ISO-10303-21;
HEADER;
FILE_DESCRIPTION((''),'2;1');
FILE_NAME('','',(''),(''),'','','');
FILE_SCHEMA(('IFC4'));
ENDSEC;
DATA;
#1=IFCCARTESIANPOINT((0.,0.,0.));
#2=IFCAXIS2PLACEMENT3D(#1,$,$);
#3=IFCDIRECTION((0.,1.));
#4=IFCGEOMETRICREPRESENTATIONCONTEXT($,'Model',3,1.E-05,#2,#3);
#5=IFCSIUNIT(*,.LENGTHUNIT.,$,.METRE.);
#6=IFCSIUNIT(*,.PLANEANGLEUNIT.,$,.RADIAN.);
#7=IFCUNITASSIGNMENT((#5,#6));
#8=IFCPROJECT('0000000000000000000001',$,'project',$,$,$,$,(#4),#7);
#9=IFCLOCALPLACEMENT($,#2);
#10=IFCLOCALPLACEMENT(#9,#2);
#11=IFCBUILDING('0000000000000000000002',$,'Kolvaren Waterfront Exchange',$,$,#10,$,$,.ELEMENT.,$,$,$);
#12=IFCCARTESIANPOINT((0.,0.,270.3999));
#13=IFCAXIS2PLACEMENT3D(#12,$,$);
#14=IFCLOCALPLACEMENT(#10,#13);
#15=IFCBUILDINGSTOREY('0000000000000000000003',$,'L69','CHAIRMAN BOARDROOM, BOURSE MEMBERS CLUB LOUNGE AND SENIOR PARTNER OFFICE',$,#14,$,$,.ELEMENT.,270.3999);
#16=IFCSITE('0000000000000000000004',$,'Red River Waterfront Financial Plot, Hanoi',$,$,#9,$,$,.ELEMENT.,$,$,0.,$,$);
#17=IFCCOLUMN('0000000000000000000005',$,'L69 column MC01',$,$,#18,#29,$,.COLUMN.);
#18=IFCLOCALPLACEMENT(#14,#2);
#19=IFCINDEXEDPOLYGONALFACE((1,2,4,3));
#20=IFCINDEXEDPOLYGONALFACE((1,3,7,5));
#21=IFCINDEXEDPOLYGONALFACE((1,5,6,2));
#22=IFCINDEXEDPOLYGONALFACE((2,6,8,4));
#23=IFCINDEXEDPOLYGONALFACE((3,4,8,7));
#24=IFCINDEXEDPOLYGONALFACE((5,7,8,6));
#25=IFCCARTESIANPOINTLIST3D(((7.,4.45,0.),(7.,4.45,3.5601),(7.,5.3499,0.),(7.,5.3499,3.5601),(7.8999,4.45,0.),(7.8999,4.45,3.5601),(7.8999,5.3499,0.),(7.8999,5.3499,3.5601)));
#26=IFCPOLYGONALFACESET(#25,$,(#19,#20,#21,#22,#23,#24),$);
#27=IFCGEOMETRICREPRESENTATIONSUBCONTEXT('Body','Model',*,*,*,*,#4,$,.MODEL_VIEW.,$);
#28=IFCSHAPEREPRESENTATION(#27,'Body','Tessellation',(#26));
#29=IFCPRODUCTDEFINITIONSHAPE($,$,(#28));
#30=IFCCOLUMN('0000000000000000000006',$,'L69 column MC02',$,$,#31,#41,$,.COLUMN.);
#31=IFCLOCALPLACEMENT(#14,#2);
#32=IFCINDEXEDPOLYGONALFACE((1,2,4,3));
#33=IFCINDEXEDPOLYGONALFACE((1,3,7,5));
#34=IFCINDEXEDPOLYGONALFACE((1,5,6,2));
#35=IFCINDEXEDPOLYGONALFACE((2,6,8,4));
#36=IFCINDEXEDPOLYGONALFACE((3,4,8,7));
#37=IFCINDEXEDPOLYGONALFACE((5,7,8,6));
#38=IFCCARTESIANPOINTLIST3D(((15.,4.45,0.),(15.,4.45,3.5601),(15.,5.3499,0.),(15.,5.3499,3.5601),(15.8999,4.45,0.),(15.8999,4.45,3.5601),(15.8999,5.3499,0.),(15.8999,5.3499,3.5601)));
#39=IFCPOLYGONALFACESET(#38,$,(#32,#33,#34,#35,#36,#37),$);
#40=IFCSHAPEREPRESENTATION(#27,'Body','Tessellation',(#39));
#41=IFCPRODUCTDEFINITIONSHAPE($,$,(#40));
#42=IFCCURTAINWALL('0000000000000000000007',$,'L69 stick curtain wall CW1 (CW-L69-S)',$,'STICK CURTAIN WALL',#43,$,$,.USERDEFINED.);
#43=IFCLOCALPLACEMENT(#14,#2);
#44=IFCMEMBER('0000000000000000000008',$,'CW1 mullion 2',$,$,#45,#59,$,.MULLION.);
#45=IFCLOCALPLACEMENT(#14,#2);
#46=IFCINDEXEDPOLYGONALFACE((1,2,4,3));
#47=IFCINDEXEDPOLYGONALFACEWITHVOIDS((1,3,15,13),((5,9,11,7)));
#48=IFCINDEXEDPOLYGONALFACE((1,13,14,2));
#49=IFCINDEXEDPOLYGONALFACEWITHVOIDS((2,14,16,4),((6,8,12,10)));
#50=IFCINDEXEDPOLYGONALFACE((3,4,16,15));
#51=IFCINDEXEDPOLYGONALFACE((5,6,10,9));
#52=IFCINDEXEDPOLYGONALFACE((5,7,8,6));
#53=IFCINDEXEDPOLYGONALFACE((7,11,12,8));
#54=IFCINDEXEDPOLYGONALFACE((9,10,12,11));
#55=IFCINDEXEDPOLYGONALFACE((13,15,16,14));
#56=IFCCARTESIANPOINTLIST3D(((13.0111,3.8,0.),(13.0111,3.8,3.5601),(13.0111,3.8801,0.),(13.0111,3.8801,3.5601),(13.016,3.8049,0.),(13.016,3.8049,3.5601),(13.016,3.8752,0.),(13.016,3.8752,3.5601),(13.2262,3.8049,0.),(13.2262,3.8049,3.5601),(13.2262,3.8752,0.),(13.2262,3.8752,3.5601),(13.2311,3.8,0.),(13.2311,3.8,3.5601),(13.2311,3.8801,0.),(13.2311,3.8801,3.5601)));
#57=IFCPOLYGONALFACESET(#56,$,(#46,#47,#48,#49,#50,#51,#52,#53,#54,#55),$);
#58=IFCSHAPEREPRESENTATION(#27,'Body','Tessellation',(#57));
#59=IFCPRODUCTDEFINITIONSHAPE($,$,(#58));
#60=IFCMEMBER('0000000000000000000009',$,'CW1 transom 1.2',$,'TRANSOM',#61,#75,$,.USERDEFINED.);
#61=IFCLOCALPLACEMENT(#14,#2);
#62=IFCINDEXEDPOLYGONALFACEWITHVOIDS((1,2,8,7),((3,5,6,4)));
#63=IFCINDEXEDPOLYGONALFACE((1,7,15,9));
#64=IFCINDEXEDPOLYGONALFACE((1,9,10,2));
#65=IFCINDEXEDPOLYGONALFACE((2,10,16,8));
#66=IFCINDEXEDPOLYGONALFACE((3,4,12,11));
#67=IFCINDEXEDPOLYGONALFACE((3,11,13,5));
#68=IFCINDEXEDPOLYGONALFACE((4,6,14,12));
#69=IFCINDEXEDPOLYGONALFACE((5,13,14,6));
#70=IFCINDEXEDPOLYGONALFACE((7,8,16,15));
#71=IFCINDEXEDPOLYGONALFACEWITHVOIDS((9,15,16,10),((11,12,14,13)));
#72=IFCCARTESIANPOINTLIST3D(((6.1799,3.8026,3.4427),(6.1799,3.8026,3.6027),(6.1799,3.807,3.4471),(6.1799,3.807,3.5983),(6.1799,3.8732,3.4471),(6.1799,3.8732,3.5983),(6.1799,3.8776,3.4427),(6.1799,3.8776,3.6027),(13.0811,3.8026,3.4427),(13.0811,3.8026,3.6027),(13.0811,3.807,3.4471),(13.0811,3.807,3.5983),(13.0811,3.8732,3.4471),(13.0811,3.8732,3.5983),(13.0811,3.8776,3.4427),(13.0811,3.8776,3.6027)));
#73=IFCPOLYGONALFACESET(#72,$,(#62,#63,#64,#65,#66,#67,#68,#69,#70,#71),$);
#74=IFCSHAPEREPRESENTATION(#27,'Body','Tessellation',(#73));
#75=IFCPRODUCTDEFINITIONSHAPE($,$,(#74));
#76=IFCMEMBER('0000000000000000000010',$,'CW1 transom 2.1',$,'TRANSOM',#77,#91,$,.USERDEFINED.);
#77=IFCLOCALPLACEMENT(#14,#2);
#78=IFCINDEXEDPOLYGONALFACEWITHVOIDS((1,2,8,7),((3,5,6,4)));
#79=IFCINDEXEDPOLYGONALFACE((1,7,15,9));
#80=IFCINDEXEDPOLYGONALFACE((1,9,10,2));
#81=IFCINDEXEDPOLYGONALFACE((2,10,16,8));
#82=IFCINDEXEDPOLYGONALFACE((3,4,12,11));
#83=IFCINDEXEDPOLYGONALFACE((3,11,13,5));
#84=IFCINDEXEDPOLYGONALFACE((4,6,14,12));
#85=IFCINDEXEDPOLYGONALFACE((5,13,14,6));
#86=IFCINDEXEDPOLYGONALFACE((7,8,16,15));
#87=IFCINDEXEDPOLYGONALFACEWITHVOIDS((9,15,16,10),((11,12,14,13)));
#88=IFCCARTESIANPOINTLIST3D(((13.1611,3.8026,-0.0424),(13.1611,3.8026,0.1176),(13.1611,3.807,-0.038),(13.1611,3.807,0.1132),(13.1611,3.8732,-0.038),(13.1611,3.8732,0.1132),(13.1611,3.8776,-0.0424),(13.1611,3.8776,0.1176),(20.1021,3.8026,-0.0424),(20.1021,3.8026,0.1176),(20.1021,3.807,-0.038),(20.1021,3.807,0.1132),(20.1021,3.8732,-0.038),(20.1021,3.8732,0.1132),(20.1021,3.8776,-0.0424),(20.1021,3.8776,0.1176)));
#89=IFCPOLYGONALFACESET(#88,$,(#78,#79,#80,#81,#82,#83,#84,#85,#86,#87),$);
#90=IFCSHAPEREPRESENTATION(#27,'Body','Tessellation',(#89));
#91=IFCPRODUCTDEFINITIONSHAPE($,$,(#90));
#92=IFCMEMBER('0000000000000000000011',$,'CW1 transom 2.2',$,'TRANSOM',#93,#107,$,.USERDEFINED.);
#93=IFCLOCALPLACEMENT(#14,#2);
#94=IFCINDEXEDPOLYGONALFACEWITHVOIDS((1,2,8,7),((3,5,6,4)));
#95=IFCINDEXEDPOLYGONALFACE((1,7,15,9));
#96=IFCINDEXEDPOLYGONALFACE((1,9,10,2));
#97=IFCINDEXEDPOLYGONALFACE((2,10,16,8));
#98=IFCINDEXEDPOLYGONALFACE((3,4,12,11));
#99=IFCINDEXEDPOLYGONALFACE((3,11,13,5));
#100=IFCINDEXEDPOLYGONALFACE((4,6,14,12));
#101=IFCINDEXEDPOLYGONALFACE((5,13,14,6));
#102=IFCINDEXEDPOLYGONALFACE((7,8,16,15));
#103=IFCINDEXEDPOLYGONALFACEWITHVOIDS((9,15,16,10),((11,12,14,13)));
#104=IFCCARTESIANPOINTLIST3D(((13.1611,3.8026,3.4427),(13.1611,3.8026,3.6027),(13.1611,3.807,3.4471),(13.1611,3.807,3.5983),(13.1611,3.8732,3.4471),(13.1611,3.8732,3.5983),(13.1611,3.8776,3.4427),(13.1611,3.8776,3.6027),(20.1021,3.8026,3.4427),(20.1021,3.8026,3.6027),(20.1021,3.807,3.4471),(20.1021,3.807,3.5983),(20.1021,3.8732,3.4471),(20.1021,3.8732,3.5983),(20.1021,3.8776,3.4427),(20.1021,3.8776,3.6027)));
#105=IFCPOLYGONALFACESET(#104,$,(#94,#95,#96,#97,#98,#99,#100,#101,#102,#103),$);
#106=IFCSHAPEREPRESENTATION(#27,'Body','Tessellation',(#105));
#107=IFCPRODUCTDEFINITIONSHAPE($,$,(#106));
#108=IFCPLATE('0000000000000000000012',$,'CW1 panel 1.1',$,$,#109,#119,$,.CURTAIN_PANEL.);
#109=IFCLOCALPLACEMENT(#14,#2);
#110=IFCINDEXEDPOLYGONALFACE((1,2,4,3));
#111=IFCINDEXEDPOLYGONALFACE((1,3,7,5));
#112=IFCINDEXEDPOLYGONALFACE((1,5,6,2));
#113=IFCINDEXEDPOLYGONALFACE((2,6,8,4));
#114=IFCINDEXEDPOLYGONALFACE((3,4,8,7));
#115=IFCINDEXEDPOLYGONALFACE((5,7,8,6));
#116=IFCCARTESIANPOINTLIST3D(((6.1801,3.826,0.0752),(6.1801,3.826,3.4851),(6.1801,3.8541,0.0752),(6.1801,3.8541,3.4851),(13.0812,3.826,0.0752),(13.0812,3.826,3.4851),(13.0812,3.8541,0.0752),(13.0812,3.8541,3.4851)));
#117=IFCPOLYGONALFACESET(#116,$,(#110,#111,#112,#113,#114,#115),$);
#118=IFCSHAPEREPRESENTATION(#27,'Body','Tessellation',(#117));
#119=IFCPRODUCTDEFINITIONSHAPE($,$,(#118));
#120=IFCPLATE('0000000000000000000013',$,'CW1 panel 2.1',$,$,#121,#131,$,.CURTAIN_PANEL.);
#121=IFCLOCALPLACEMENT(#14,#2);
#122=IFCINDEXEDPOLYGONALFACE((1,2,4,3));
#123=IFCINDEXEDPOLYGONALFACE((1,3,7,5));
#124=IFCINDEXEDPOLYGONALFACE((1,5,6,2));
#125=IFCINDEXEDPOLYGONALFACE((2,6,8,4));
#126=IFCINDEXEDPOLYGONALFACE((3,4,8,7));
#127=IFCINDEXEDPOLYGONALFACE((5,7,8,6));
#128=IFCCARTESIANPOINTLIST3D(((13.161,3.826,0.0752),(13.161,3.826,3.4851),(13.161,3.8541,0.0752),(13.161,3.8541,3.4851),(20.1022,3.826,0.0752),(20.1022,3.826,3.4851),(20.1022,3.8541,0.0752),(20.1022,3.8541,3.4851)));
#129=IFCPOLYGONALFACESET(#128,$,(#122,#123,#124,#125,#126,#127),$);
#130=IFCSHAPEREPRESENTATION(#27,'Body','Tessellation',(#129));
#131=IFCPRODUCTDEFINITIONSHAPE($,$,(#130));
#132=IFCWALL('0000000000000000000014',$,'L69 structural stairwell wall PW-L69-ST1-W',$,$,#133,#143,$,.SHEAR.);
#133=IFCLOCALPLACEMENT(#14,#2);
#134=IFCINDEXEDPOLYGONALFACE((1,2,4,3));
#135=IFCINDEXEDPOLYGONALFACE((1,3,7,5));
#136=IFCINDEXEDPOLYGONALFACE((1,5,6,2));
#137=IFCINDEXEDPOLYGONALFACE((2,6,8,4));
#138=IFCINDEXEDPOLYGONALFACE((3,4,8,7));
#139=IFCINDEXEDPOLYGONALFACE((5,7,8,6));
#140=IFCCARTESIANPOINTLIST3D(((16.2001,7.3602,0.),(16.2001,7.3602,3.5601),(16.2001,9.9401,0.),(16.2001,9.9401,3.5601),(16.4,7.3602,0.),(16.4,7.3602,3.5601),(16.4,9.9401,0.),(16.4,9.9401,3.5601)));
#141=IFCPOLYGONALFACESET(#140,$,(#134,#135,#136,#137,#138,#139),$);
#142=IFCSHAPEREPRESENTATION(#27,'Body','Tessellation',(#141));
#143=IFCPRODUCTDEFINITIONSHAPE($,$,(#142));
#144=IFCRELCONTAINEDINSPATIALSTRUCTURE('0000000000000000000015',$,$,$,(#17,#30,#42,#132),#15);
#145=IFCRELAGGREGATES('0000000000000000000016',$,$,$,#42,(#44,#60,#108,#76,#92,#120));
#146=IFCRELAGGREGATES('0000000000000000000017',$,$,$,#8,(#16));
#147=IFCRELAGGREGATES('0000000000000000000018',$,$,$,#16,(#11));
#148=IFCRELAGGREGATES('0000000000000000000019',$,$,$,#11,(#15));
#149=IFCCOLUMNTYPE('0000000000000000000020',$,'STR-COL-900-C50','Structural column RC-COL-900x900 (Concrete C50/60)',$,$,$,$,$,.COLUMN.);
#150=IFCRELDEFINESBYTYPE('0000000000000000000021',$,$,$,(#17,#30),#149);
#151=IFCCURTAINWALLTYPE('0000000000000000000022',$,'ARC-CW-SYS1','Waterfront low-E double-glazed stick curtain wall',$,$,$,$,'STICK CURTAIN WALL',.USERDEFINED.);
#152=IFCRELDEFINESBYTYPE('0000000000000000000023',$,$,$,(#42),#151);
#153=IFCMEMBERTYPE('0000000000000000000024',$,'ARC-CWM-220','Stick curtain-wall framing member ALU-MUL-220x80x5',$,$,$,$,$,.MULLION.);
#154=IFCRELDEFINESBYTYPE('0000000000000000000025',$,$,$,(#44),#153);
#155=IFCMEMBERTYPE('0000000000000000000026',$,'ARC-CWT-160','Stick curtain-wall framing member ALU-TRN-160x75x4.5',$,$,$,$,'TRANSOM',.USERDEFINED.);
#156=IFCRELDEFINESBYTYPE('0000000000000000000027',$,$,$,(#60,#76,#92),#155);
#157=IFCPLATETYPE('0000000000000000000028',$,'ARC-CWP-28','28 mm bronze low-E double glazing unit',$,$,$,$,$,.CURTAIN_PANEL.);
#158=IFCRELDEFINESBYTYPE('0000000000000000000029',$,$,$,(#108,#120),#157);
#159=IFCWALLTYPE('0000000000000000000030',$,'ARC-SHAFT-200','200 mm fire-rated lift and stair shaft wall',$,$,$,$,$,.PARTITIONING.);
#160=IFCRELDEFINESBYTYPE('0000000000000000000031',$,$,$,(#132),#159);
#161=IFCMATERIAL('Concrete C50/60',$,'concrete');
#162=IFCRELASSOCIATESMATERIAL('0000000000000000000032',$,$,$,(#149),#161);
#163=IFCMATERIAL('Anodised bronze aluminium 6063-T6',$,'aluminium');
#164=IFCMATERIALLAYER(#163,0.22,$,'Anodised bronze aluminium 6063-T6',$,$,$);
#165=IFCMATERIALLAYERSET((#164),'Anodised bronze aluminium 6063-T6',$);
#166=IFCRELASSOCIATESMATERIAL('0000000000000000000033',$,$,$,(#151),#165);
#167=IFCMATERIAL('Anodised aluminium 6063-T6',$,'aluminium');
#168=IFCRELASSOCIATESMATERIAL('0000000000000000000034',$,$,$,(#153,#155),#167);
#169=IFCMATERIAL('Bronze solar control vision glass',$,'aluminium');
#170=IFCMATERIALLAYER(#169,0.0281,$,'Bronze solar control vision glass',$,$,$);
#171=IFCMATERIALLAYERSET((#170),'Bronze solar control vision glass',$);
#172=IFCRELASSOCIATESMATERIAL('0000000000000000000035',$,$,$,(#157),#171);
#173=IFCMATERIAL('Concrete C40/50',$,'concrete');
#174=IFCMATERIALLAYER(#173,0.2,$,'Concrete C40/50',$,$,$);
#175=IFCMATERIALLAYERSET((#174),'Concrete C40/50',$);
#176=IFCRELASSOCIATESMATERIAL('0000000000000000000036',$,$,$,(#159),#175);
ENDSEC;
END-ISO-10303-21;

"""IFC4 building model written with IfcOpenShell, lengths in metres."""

from ifc_helpers import new_model, si_unit, direction, frame, frame_2d, origin, origin_with_axes, origin_2d, place, context, subcontext, project, spatial, rectangle, hollow_rectangle, extrude, source, transform, mapped, material, layer, layer_set, material_profile, profile_set, type_object, element, aggregate, save


model = new_model("IFC4")

# Units and contexts
model_context = context("Model", 3, precision=1e-05, world=origin(), true_north=direction((0.0, 1.0)))
body_context = subcontext(model_context, "Body", "Model", "MODEL_VIEW")
ifc_project = project(units=[si_unit("LENGTHUNIT", "METRE"), si_unit("PLANEANGLEUNIT", "RADIAN")], contexts=[model_context])

# Site, building, storey
site_placement = place(None, origin())
site = spatial("IfcSite", under=ifc_project, at=site_placement, Name="Red River Waterfront Financial Plot, Hanoi", CompositionType="ELEMENT", RefElevation=0.0)
building_placement = place(site_placement, origin())
building = spatial("IfcBuilding", under=site, at=building_placement, Name="Kolvaren Waterfront Exchange", CompositionType="ELEMENT")
storey_placement = place(building_placement, frame((0.0, 0.0, 270.3999)))
storey = spatial("IfcBuildingStorey", under=building, at=storey_placement, Name="L69", Description="CHAIRMAN BOARDROOM, BOURSE MEMBERS CLUB LOUNGE AND SENIOR PARTNER OFFICE", CompositionType="ELEMENT", Elevation=270.3999)

# Columns
ifc_material_1 = material(Name="Concrete C50/60", Category="concrete")
ifc_material_profile_1 = material_profile(ifc_material_1, rectangle(XDim=0.8999, YDim=0.8999, at=origin_2d()), Name="RC-COL-900x900")
ifc_profile_set_1 = profile_set([ifc_material_profile_1], Name="Concrete C50/60")
column_type = type_object("IfcColumnType", Name="STR-COL-900-C50", Description="Structural column RC-COL-900x900 (Concrete C50/60)", PredefinedType="COLUMN", material=ifc_profile_set_1)
for number, where, z_axis, x_axis, name in (
    (1, (7.45, 4.8999, 0.0), (0.0, 0.0, 1.0), (1.0, 0.0, 0.0), "L69 column MC01"),
    (2, (15.45, 4.8999, 0.0), (0.0, 0.0, 1.0), (1.0, 0.0, 0.0), "L69 column MC02"),
):
    element("IfcColumn", number, at=place(storey_placement, frame(where, z_axis=z_axis, x_axis=x_axis)), inside=storey, type_object=column_type, Name=name, PredefinedType="COLUMN", context=body_context, shape_type="SweptSolid", body=[
        extrude(rectangle(XDim=0.8999, YDim=0.8999, at=origin_2d()), origin(), (0.0, 0.0, 1.0), 3.5601),
    ])

# Curtain wall, members, plates
ifc_material_2 = material(Name="Anodised bronze aluminium 6063-T6", Category="aluminium")
ifc_layer_1 = layer(ifc_material_2, 0.22, Name="Anodised bronze aluminium 6063-T6")
ifc_layer_set_1 = layer_set([ifc_layer_1], Name="Anodised bronze aluminium 6063-T6")
curtain_wall_type = type_object("IfcCurtainWallType", Name="ARC-CW-SYS1", Description="Waterfront low-E double-glazed stick curtain wall", ElementType="STICK CURTAIN WALL", PredefinedType="USERDEFINED", material=ifc_layer_set_1)
curtain_wall_placement = place(storey_placement, origin())
curtain_wall = element("IfcCurtainWall", 3, at=curtain_wall_placement, inside=storey, type_object=curtain_wall_type, Name="L69 stick curtain wall CW1 (CW-L69-S)", ObjectType="STICK CURTAIN WALL", PredefinedType="USERDEFINED")
ifc_material_3 = material(Name="Anodised aluminium 6063-T6", Category="aluminium")
ifc_material_profile_2 = material_profile(ifc_material_3, hollow_rectangle(XDim=0.0801, YDim=0.22, WallThickness=0.0049, at=origin_2d()), Name="ALU-MUL-220x80x5")
ifc_profile_set_2 = profile_set([ifc_material_profile_2], Name="Anodised aluminium 6063-T6")
member_type_1 = type_object("IfcMemberType", Name="ARC-CWM-220", Description="Stick curtain-wall framing member ALU-MUL-220x80x5", PredefinedType="MULLION", material=ifc_profile_set_2)
shared_shape_1 = source(origin_with_axes(), body_context, "Body", "SweptSolid", [
    extrude(hollow_rectangle(XDim=0.0801, YDim=0.22, WallThickness=0.0049, at=origin_2d()), origin(), (0.0, 0.0, 1.0), 3.5601),
])
member_1_placement = place(storey_placement, frame((13.1211, 3.8401, 0.0), z_axis=(0.0, 0.0, 1.0), x_axis=(0.0, 1.0, 0.0)))
member_1 = element("IfcMember", 4, at=member_1_placement, type_object=member_type_1, Name="CW1 mullion 2", PredefinedType="MULLION", context=body_context, shape_type="MappedRepresentation", body=[
    mapped(shared_shape_1, transform((0.0, 0.0, 0.0), x_axis=(1.0, 0.0, 0.0), y_axis=(0.0, 1.0, 0.0), z_axis=(0.0, 0.0, 1.0), scale=1.0)),
])
ifc_material_profile_3 = material_profile(ifc_material_3, hollow_rectangle(XDim=0.075, YDim=0.1599, WallThickness=0.0044, at=origin_2d()), Name="ALU-TRN-160x75x4.5")
ifc_profile_set_3 = profile_set([ifc_material_profile_3], Name="Anodised aluminium 6063-T6")
member_type_2 = type_object("IfcMemberType", Name="ARC-CWT-160", Description="Stick curtain-wall framing member ALU-TRN-160x75x4.5", ElementType="TRANSOM", PredefinedType="USERDEFINED", material=ifc_profile_set_3)
shared_shape_2 = source(origin_with_axes(), body_context, "Body", "SweptSolid", [
    extrude(hollow_rectangle(XDim=0.075, YDim=0.1599, WallThickness=0.0044, at=origin_2d()), origin(), (0.0, 0.0, 1.0), 6.9011),
])
member_2_placement = place(storey_placement, frame((6.1799, 3.8401, 3.5227), z_axis=(1.0, 0.0, 0.0), x_axis=(0.0, 1.0, 0.0)))
member_2 = element("IfcMember", 5, at=member_2_placement, type_object=member_type_2, Name="CW1 transom 1.2", ObjectType="TRANSOM", PredefinedType="USERDEFINED", context=body_context, shape_type="MappedRepresentation", body=[
    mapped(shared_shape_2, transform((0.0, 0.0, 0.0), x_axis=(1.0, 0.0, 0.0), y_axis=(0.0, 1.0, 0.0), z_axis=(0.0, 0.0, 1.0), scale=1.0)),
])
shared_shape_3 = source(origin_with_axes(), body_context, "Body", "SweptSolid", [
    extrude(hollow_rectangle(XDim=0.075, YDim=0.1599, WallThickness=0.0044, at=origin_2d()), origin(), (0.0, 0.0, 1.0), 6.9409),
])
member_3_placement = place(storey_placement, frame((13.1611, 3.8401, 0.0376), z_axis=(1.0, 0.0, 0.0), x_axis=(0.0, 1.0, 0.0)))
member_3 = element("IfcMember", 6, at=member_3_placement, type_object=member_type_2, Name="CW1 transom 2.1", ObjectType="TRANSOM", PredefinedType="USERDEFINED", context=body_context, shape_type="MappedRepresentation", body=[
    mapped(shared_shape_3, transform((0.0, 0.0, 0.0), x_axis=(1.0, 0.0, 0.0), y_axis=(0.0, 1.0, 0.0), z_axis=(0.0, 0.0, 1.0), scale=1.0)),
])
member_4_placement = place(storey_placement, frame((13.1611, 3.8401, 3.5227), z_axis=(1.0, 0.0, 0.0), x_axis=(0.0, 1.0, 0.0)))
member_4 = element("IfcMember", 7, at=member_4_placement, type_object=member_type_2, Name="CW1 transom 2.2", ObjectType="TRANSOM", PredefinedType="USERDEFINED", context=body_context, shape_type="MappedRepresentation", body=[
    mapped(shared_shape_3, transform((0.0, 0.0, 0.0), x_axis=(1.0, 0.0, 0.0), y_axis=(0.0, 1.0, 0.0), z_axis=(0.0, 0.0, 1.0), scale=1.0)),
])
ifc_material_4 = material(Name="Bronze solar control vision glass", Category="aluminium")
ifc_layer_2 = layer(ifc_material_4, 0.0281, Name="Bronze solar control vision glass")
ifc_layer_set_2 = layer_set([ifc_layer_2], Name="Bronze solar control vision glass")
plate_type = type_object("IfcPlateType", Name="ARC-CWP-28", Description="28 mm bronze low-E double glazing unit", PredefinedType="CURTAIN_PANEL", material=ifc_layer_set_2)
shared_shape_4 = source(origin_with_axes(), body_context, "Body", "SweptSolid", [
    extrude(rectangle(XDim=6.9011, YDim=0.0281, at=origin_2d()), origin(), (0.0, 0.0, 1.0), 3.4099),
])
plate_1_placement = place(storey_placement, frame((9.6306, 3.8401, 0.0752), z_axis=(0.0, 0.0, 1.0), x_axis=(1.0, 0.0, 0.0)))
plate_1 = element("IfcPlate", 8, at=plate_1_placement, type_object=plate_type, Name="CW1 panel 1.1", PredefinedType="CURTAIN_PANEL", context=body_context, shape_type="MappedRepresentation", body=[
    mapped(shared_shape_4, transform((0.0, 0.0, 0.0), x_axis=(1.0, 0.0, 0.0), y_axis=(0.0, 1.0, 0.0), z_axis=(0.0, 0.0, 1.0), scale=1.0)),
])
shared_shape_5 = source(origin_with_axes(), body_context, "Body", "SweptSolid", [
    extrude(rectangle(XDim=6.9412, YDim=0.0281, at=origin_2d()), origin(), (0.0, 0.0, 1.0), 3.4099),
])
plate_2_placement = place(storey_placement, frame((16.6316, 3.8401, 0.0752), z_axis=(0.0, 0.0, 1.0), x_axis=(1.0, 0.0, 0.0)))
plate_2 = element("IfcPlate", 9, at=plate_2_placement, type_object=plate_type, Name="CW1 panel 2.1", PredefinedType="CURTAIN_PANEL", context=body_context, shape_type="MappedRepresentation", body=[
    mapped(shared_shape_5, transform((0.0, 0.0, 0.0), x_axis=(1.0, 0.0, 0.0), y_axis=(0.0, 1.0, 0.0), z_axis=(0.0, 0.0, 1.0), scale=1.0)),
])
aggregate(curtain_wall, [member_1, member_2, plate_1, member_3, member_4, plate_2])

# Wall
ifc_material_5 = material(Name="Concrete C40/50", Category="concrete")
ifc_layer_3 = layer(ifc_material_5, 0.2, Name="Concrete C40/50")
ifc_layer_set_3 = layer_set([ifc_layer_3], Name="Concrete C40/50")
wall_type_1 = type_object("IfcWallType", Name="ARC-SHAFT-200", Description="200 mm fire-rated lift and stair shaft wall", PredefinedType="PARTITIONING", material=ifc_layer_set_3)
wall_1_placement = place(storey_placement, frame((16.3, 7.3601, 0.0), z_axis=(0.0, 0.0, 1.0), x_axis=(0.0, 1.0, 0.0)))
element("IfcWall", 10, at=wall_1_placement, inside=storey, type_object=wall_type_1, Name="L69 structural stairwell wall PW-L69-ST1-W", PredefinedType="SHEAR", context=body_context, shape_type="SweptSolid", body=[
    extrude(rectangle(XDim=2.5798, YDim=0.2, at=frame_2d((1.29, 0.0))), origin(), (0.0, 0.0, 1.0), 3.5601),
])

save(model, "model.ifc")
